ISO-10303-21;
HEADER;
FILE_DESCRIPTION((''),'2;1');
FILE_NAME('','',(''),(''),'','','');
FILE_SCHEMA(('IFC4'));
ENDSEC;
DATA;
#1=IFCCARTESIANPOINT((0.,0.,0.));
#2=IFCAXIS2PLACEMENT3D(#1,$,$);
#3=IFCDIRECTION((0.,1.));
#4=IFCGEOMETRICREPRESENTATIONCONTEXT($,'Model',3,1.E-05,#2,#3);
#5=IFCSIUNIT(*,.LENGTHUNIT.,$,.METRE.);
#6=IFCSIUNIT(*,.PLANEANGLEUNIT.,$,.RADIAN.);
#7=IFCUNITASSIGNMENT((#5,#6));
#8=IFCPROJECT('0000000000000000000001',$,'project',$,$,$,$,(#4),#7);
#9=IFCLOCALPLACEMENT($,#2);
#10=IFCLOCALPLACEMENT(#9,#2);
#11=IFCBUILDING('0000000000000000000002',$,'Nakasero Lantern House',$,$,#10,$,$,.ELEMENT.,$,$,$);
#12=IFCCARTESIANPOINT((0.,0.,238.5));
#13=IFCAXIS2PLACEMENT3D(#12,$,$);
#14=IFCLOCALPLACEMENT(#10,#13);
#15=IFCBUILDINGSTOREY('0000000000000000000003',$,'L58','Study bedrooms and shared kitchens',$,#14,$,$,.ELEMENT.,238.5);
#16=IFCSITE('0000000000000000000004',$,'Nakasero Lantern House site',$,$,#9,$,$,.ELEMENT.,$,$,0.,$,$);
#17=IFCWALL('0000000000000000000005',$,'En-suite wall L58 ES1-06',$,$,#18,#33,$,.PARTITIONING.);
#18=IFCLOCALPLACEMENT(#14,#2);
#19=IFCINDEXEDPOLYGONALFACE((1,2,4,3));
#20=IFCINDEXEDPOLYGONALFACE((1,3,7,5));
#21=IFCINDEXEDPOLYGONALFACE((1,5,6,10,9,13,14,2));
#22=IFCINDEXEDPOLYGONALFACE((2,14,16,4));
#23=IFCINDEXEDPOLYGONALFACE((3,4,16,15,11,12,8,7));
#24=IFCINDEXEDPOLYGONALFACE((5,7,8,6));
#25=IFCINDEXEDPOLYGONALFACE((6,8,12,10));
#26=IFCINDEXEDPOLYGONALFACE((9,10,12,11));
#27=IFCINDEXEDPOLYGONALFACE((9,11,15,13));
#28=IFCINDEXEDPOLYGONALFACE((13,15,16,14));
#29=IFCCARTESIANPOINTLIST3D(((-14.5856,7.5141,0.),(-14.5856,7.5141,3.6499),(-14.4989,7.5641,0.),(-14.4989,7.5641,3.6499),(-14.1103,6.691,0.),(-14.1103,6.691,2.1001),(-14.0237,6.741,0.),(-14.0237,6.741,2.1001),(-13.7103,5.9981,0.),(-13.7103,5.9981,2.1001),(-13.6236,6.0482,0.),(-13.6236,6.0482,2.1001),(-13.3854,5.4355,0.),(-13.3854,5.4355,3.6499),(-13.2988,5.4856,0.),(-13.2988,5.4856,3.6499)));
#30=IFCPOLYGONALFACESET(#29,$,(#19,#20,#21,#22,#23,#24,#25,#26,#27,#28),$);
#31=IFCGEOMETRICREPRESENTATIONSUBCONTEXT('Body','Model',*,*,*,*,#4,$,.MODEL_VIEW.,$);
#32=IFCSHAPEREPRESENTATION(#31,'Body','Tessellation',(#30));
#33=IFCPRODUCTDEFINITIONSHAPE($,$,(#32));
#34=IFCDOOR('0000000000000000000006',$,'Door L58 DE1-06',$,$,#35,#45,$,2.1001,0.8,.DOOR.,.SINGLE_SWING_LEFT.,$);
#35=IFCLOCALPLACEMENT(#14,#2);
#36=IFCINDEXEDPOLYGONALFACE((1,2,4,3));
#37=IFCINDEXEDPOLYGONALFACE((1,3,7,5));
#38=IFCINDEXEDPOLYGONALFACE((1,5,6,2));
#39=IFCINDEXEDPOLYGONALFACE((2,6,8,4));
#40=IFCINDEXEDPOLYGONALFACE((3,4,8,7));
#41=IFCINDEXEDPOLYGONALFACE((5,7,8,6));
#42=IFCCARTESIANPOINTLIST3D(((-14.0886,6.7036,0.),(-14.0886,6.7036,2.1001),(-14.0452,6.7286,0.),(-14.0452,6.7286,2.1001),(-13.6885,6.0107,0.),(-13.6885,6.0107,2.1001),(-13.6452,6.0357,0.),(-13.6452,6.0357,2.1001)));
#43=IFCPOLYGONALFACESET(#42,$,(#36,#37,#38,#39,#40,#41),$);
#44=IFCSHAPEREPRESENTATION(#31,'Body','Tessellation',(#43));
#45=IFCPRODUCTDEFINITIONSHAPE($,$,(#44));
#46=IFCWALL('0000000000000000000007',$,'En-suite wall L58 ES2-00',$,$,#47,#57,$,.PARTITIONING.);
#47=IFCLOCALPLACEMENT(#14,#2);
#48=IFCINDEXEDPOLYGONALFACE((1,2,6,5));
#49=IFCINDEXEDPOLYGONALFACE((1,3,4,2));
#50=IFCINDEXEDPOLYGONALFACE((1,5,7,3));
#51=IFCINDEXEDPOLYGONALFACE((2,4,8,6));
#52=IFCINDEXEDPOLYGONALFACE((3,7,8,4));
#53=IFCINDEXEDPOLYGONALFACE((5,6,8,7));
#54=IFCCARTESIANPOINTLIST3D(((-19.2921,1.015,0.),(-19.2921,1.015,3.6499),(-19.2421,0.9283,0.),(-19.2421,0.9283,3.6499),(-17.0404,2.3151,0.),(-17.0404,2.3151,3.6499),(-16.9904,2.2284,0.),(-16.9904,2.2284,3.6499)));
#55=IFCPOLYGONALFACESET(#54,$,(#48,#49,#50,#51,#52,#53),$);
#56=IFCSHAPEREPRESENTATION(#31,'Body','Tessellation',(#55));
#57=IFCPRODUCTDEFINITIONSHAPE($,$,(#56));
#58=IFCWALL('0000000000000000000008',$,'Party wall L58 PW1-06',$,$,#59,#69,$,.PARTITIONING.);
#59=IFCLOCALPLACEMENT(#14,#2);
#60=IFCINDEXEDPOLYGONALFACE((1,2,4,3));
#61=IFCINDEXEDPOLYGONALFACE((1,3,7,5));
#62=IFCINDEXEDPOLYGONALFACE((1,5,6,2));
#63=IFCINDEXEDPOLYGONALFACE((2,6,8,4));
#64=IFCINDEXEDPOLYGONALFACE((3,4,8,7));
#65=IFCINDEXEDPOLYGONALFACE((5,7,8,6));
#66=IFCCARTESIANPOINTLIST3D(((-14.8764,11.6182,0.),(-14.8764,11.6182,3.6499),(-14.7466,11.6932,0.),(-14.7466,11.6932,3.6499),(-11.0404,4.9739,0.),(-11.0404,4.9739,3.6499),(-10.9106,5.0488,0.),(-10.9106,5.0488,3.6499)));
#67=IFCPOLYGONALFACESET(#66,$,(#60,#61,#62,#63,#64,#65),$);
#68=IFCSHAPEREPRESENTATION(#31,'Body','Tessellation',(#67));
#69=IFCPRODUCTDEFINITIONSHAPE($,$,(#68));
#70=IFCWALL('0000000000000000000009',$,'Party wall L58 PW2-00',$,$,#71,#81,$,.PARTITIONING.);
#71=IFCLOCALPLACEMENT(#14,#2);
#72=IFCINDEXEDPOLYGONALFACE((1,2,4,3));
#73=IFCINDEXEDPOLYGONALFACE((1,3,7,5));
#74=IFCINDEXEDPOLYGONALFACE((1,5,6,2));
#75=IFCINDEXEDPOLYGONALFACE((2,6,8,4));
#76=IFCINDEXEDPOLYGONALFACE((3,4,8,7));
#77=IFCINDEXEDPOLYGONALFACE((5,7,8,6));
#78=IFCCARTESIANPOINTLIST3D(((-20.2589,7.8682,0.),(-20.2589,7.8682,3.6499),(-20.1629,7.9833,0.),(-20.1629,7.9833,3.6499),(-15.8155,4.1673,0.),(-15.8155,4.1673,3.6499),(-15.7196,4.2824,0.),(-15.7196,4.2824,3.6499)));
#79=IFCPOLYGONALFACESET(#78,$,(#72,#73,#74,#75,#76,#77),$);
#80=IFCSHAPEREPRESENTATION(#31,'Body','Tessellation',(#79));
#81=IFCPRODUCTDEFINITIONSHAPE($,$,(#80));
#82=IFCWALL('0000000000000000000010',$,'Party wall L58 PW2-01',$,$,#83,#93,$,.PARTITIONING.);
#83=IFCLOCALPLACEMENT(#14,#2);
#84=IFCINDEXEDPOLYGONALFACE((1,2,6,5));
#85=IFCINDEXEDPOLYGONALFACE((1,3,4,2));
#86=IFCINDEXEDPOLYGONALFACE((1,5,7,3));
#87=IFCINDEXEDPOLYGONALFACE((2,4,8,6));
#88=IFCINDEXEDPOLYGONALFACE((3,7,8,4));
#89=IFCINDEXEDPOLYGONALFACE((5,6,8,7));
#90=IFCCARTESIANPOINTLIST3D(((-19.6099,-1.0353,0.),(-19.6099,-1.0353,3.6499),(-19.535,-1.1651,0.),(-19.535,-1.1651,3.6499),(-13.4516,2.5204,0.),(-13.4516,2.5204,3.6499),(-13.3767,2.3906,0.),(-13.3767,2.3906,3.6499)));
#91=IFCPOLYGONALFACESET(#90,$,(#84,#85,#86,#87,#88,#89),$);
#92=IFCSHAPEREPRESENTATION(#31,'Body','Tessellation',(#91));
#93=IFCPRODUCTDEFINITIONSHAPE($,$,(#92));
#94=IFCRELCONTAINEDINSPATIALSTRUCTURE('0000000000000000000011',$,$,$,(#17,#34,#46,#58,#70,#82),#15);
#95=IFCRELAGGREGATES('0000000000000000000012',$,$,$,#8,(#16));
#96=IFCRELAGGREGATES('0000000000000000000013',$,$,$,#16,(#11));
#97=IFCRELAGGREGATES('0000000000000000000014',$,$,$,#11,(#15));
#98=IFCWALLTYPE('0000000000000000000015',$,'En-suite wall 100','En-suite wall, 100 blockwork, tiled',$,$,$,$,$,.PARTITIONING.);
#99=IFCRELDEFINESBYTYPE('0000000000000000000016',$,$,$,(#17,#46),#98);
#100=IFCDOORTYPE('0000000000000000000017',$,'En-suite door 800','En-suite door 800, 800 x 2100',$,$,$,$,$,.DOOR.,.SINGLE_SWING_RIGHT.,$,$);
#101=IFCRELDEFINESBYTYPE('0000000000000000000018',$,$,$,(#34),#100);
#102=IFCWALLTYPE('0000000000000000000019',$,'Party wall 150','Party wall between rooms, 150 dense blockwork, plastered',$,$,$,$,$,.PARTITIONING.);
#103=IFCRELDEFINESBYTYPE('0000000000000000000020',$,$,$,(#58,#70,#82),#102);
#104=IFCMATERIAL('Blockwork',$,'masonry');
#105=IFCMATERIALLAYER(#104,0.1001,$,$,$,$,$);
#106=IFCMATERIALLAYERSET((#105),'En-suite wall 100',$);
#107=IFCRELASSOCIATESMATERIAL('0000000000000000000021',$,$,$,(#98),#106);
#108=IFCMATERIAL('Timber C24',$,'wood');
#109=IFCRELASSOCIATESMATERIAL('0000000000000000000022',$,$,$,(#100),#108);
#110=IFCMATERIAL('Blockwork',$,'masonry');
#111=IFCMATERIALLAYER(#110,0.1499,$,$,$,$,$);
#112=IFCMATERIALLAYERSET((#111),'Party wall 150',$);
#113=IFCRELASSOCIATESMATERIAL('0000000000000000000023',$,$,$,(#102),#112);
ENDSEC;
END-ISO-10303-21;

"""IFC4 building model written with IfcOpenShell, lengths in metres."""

from ifc_helpers import new_model, si_unit, direction, frame, frame_2d, origin, place, context, subcontext, project, spatial, rectangle, extrude, material, layer, layer_set, type_object, element, fill, save


model = new_model("IFC4")

# Units and contexts
model_context = context("Model", 3, precision=1e-05, world=origin(), true_north=direction((0.0, 1.0)))
body_context = subcontext(model_context, "Body", "Model", "MODEL_VIEW")
ifc_project = project(units=[si_unit("LENGTHUNIT", "METRE"), si_unit("PLANEANGLEUNIT", "RADIAN")], contexts=[model_context])

# Site, building, storey
site_placement = place(None, origin())
site = spatial("IfcSite", under=ifc_project, at=site_placement, Name="Nakasero Lantern House site", CompositionType="ELEMENT", RefElevation=0.0)
building_placement = place(site_placement, origin())
building = spatial("IfcBuilding", under=site, at=building_placement, Name="Nakasero Lantern House", CompositionType="ELEMENT")
storey_placement = place(building_placement, frame((0.0, 0.0, 238.5)))
storey = spatial("IfcBuildingStorey", under=building, at=storey_placement, Name="L58", Description="Study bedrooms and shared kitchens", CompositionType="ELEMENT", Elevation=238.5)

# Wall, opening, door
ifc_material_1 = material(Name="Blockwork", Category="masonry")
ifc_layer_1 = layer(ifc_material_1, 0.1001)
ifc_layer_set_1 = layer_set([ifc_layer_1], Name="En-suite wall 100")
wall_type_1 = type_object("IfcWallType", Name="En-suite wall 100", Description="En-suite wall, 100 blockwork, tiled", PredefinedType="PARTITIONING", material=ifc_layer_set_1)
wall_1_placement = place(storey_placement, frame((-13.342, 5.4604, 0.0), z_axis=(0.0, 0.0, 1.0), x_axis=(-0.500034, 0.866006, 0.0)))
wall_1 = element("IfcWall", 1, at=wall_1_placement, inside=storey, type_object=wall_type_1, Name="En-suite wall L58 ES1-06", PredefinedType="PARTITIONING", context=body_context, shape_type="SweptSolid", body=[
    extrude(rectangle(XDim=2.4001, YDim=0.1001, at=frame_2d((1.2002, 0.0))), origin(), (0.0, 0.0, 1.0), 3.6499),
])
opening_1_placement = place(wall_1_placement, frame((0.6499, 0.0, 0.0)))
opening_1 = element("IfcOpeningElement", 2, at=opening_1_placement, cuts=wall_1, PredefinedType="OPENING", context=body_context, shape_type="SweptSolid", body=[
    extrude(rectangle(XDim=0.8, YDim=2.1001, at=frame_2d((0.3999, 1.05))), frame((0.0, 0.0701, 0.0), z_axis=(0.0, -1.0, 0.0), x_axis=(1.0, 0.0, 0.0)), (0.0, 0.0, 1.0), 0.1401),
])
ifc_material_2 = material(Name="Timber C24", Category="wood")
door_type_1 = type_object("IfcDoorType", Name="En-suite door 800", Description="En-suite door 800, 800 x 2100", OperationType="SINGLE_SWING_RIGHT", PredefinedType="DOOR", material=ifc_material_2)
door_1_placement = place(opening_1_placement, origin())
door_1 = element("IfcDoor", 3, at=door_1_placement, inside=storey, type_object=door_type_1, Name="Door L58 DE1-06", OperationType="SINGLE_SWING_LEFT", OverallHeight=2.1001, OverallWidth=0.8, PredefinedType="DOOR", context=body_context, shape_type="SweptSolid", body=[
    extrude(rectangle(XDim=0.8, YDim=2.1001, at=frame_2d((0.3999, 1.05))), frame((0.0, 0.0249, 0.0), z_axis=(0.0, -1.0, 0.0), x_axis=(1.0, 0.0, 0.0)), (0.0, 0.0, 1.0), 0.05),
])
fill(opening_1, door_1)

# Walls
wall_2_placement = place(storey_placement, frame((-17.0154, 2.2717, 0.0), z_axis=(0.0, 0.0, 1.0), x_axis=(-0.866021, -0.500007, 0.0)))
element("IfcWall", 4, at=wall_2_placement, inside=storey, type_object=wall_type_1, Name="En-suite wall L58 ES2-00", PredefinedType="PARTITIONING", context=body_context, shape_type="SweptSolid", body=[
    extrude(rectangle(XDim=2.6001, YDim=0.1001, at=frame_2d((1.3, 0.0))), origin(), (0.0, 0.0, 1.0), 3.6499),
])
ifc_material_3 = material(Name="Blockwork", Category="masonry")
ifc_layer_2 = layer(ifc_material_3, 0.1499)
ifc_layer_set_2 = layer_set([ifc_layer_2], Name="Party wall 150")
wall_type_2 = type_object("IfcWallType", Name="Party wall 150", Description="Party wall between rooms, 150 dense blockwork, plastered", PredefinedType="PARTITIONING", material=ifc_layer_set_2)
wall_3_placement = place(storey_placement, frame((-10.9756, 5.0115, 0.0), z_axis=(0.0, 0.0, 1.0), x_axis=(-0.499986, 0.866034, 0.0)))
element("IfcWall", 5, at=wall_3_placement, inside=storey, type_object=wall_type_2, Name="Party wall L58 PW1-06", PredefinedType="PARTITIONING", context=body_context, shape_type="SweptSolid", body=[
    extrude(rectangle(XDim=7.6721, YDim=0.1499, at=frame_2d((3.8359, 0.0))), origin(), (0.0, 0.0, 1.0), 3.6499),
])
wall_4_placement = place(storey_placement, frame((-15.7676, 4.2249, 0.0), z_axis=(0.0, 0.0, 1.0), x_axis=(-0.76838, 0.639993, 0.0)))
element("IfcWall", 6, at=wall_4_placement, inside=storey, type_object=wall_type_2, Name="Party wall L58 PW2-00", PredefinedType="PARTITIONING", context=body_context, shape_type="SweptSolid", body=[
    extrude(rectangle(XDim=5.7827, YDim=0.1499, at=frame_2d((2.8914, 0.0))), origin(), (0.0, 0.0, 1.0), 3.6499),
])
wall_5_placement = place(storey_placement, frame((-13.4141, 2.4556, 0.0), z_axis=(0.0, 0.0, 1.0), x_axis=(-0.866012, -0.500024, 0.0)))
element("IfcWall", 7, at=wall_5_placement, inside=storey, type_object=wall_type_2, Name="Party wall L58 PW2-01", PredefinedType="PARTITIONING", context=body_context, shape_type="SweptSolid", body=[
    extrude(rectangle(XDim=7.1111, YDim=0.1499, at=frame_2d((3.5557, 0.0))), origin(), (0.0, 0.0, 1.0), 3.6499),
])

save(model, "model.ifc")
